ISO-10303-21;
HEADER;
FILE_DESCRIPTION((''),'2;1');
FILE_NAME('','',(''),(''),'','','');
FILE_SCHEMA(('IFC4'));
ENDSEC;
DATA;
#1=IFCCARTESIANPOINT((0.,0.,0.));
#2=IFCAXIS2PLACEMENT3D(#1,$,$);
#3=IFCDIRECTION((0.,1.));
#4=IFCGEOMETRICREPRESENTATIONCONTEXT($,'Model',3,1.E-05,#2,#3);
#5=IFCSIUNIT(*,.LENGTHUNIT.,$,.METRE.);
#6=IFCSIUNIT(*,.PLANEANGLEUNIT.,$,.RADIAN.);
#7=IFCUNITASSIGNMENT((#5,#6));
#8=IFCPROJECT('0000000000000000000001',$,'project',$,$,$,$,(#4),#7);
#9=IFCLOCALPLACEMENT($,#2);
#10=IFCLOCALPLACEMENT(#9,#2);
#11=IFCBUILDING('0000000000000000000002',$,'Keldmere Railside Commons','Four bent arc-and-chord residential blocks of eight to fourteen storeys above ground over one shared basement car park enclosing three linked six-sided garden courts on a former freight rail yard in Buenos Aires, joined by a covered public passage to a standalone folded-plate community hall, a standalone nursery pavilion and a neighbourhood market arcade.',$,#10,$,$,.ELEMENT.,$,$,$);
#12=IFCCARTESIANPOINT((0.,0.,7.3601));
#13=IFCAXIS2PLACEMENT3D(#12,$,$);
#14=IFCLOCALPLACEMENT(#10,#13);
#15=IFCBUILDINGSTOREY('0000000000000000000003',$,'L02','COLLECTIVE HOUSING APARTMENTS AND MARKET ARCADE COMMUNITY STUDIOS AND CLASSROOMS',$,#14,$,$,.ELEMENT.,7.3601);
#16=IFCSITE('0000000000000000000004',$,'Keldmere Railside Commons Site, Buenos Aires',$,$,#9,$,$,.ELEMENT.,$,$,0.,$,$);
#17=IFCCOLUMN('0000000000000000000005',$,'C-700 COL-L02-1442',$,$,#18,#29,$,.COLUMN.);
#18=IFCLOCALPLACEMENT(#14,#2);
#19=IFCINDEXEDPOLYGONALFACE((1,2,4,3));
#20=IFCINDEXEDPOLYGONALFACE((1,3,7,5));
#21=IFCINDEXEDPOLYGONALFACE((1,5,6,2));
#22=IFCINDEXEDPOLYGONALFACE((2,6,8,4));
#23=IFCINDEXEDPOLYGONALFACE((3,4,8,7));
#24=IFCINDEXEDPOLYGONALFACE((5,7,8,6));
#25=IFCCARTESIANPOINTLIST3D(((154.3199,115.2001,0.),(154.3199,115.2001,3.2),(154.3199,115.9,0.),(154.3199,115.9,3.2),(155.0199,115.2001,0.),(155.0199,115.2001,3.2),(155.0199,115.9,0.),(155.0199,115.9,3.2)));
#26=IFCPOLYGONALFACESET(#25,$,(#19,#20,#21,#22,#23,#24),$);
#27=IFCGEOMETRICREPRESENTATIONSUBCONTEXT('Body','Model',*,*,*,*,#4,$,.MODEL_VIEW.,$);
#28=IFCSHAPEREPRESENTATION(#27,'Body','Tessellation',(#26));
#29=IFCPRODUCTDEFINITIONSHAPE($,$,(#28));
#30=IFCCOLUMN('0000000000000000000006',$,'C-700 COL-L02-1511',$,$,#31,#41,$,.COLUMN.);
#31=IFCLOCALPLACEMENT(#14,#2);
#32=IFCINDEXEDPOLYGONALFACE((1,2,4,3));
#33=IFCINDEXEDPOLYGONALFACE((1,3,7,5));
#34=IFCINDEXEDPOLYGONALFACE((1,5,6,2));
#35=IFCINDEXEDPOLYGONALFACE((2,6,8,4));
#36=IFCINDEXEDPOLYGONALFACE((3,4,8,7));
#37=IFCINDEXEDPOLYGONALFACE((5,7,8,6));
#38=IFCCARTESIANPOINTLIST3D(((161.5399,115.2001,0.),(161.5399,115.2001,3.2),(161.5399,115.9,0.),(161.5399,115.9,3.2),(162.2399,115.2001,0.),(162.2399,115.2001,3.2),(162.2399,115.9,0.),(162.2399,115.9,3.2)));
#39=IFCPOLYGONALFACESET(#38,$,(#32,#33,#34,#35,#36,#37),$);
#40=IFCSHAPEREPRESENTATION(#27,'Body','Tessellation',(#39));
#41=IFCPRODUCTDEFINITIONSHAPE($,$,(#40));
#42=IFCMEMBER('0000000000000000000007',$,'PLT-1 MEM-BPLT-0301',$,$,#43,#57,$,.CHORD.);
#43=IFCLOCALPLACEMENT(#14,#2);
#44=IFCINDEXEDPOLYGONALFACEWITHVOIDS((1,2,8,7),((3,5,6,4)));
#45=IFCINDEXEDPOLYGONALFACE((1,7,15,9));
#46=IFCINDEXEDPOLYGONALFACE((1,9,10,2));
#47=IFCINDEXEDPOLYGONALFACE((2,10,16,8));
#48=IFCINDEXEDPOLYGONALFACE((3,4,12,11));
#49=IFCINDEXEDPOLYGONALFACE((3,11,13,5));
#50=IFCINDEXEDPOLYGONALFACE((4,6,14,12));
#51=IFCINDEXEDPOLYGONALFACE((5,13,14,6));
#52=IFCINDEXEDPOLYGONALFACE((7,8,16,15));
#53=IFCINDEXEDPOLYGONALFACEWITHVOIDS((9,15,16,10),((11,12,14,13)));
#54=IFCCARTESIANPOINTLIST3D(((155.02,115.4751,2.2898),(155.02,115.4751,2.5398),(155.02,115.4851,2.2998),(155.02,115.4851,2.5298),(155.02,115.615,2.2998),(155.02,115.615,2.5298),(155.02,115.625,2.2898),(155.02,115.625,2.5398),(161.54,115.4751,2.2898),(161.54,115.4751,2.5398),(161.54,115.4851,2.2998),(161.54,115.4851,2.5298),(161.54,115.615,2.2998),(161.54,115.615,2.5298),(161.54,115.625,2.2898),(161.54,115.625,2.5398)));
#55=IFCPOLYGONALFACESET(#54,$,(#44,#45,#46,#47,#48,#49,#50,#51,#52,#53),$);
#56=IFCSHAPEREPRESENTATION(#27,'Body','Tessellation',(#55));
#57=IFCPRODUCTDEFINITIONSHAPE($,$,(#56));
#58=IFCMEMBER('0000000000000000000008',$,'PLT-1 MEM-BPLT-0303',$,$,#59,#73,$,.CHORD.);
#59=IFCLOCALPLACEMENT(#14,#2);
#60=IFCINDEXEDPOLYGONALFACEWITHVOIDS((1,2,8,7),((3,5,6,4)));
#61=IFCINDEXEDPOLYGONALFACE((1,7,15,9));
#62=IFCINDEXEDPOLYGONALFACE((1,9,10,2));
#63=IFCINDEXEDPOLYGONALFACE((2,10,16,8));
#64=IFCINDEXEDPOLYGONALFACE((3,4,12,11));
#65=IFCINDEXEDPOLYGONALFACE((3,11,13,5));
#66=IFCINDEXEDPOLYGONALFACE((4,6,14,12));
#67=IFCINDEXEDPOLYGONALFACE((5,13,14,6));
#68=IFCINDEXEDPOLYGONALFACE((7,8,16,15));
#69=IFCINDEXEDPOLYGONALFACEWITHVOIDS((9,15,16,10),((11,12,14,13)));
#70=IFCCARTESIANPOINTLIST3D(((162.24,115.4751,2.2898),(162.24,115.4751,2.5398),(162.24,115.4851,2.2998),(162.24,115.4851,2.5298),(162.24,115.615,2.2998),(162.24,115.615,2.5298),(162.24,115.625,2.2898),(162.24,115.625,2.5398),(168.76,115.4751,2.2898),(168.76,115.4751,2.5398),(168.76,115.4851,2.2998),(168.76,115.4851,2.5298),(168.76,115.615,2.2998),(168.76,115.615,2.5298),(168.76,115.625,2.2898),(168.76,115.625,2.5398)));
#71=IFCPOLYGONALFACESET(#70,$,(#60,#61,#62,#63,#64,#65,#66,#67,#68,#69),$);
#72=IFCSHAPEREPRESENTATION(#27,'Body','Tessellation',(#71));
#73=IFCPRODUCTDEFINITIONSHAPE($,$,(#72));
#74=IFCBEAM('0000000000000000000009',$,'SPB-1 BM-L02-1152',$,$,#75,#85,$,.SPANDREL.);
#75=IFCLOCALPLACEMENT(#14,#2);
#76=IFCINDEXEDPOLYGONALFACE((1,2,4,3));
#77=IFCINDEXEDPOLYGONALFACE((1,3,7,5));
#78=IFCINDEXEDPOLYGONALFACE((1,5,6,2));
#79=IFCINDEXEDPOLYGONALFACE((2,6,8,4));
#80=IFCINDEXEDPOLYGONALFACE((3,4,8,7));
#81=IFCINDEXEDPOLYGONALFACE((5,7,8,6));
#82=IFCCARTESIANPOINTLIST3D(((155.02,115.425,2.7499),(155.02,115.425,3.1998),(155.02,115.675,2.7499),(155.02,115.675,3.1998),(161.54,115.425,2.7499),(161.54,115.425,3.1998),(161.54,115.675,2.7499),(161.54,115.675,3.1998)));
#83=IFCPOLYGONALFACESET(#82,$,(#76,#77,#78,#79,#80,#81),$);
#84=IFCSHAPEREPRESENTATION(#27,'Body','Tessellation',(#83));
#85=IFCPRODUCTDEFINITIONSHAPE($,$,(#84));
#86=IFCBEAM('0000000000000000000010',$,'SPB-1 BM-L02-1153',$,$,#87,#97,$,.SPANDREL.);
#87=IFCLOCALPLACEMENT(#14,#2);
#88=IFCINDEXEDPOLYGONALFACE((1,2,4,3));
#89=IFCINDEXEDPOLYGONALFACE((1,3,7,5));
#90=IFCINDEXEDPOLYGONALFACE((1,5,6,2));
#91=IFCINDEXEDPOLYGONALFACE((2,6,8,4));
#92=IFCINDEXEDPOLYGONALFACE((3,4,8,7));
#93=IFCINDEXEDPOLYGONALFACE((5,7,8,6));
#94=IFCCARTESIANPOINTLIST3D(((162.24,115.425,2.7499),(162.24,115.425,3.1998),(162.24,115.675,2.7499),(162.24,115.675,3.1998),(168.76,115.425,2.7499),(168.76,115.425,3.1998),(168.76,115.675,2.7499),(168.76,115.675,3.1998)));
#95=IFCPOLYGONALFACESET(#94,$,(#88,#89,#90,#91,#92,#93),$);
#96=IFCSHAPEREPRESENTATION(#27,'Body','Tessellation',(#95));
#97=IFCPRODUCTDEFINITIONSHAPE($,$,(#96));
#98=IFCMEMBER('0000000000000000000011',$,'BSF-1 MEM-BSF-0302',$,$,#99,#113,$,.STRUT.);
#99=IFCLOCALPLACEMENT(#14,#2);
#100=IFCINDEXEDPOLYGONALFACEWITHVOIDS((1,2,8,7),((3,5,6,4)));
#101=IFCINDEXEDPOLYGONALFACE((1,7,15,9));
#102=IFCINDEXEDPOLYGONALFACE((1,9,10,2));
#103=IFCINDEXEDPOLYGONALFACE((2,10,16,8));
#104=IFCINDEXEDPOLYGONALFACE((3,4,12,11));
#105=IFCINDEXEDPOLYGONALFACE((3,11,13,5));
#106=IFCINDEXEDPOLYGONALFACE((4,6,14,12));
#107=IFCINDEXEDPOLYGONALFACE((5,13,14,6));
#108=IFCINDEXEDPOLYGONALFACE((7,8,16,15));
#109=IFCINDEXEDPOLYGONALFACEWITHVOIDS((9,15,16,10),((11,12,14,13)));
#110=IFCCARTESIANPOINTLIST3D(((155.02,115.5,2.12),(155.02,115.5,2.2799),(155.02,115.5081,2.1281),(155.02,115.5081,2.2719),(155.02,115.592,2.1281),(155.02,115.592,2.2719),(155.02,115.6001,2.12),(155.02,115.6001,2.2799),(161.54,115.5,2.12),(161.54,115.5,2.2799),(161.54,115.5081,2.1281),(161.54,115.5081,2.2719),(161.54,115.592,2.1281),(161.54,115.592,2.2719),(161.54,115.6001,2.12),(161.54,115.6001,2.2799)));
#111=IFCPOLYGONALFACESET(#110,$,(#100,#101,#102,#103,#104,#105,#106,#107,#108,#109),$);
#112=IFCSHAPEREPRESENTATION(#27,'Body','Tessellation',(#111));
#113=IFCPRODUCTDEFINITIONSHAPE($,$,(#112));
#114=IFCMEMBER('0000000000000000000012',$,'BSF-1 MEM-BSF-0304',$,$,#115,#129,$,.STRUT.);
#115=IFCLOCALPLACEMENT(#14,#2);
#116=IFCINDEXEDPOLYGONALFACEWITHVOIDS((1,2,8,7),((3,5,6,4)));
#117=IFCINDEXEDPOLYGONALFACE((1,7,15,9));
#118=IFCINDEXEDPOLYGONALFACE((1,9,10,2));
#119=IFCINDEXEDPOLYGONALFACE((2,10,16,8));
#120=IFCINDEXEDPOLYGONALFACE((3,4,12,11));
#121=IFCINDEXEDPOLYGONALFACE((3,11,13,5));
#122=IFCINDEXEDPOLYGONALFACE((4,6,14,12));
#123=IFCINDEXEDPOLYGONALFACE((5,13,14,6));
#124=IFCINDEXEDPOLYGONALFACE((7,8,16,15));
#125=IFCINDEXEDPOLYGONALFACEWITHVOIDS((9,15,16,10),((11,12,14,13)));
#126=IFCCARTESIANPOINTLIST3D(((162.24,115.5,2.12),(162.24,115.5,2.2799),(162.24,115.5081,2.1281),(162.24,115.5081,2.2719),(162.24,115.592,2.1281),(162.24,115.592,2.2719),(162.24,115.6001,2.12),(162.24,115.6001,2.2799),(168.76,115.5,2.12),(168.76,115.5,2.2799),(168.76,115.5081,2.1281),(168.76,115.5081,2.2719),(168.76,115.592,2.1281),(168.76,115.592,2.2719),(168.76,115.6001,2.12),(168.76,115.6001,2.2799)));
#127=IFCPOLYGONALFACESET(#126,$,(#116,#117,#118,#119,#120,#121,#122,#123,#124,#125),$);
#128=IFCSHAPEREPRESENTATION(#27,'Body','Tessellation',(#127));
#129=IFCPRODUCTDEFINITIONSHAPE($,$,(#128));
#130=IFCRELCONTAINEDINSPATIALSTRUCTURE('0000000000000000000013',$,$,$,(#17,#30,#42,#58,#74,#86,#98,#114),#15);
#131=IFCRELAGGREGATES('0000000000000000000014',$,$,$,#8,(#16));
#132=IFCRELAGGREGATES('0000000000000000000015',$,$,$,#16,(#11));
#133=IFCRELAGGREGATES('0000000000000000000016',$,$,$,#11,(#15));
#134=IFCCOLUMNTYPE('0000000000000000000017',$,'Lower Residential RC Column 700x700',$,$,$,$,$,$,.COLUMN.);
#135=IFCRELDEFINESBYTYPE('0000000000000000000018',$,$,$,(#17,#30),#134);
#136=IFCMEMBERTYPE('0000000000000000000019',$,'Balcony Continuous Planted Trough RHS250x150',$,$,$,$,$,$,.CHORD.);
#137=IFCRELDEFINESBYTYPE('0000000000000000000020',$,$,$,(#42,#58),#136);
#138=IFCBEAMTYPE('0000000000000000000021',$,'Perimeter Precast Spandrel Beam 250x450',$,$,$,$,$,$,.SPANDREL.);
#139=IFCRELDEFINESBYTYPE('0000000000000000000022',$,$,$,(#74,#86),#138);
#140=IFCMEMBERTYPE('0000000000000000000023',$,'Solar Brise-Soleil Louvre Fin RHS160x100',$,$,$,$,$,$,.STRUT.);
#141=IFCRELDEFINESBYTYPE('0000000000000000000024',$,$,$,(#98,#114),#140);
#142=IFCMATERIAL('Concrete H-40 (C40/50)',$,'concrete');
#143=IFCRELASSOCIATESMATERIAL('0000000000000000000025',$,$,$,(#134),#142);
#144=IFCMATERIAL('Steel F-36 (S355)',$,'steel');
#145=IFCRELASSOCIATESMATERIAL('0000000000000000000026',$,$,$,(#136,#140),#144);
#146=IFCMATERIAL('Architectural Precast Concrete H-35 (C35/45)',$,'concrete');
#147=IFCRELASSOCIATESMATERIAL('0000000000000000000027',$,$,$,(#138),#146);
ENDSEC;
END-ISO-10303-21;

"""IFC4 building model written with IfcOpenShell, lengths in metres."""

from ifc_helpers import new_model, si_unit, direction, frame, origin, origin_2d, place, context, subcontext, project, spatial, rectangle, hollow_rectangle, extrude, material, material_profile, profile_set, type_object, element, save


model = new_model("IFC4")

# Units and contexts
model_context = context("Model", 3, precision=1e-05, world=origin(), true_north=direction((0.0, 1.0)))
body_context = subcontext(model_context, "Body", "Model", "MODEL_VIEW")
ifc_project = project(units=[si_unit("LENGTHUNIT", "METRE"), si_unit("PLANEANGLEUNIT", "RADIAN")], contexts=[model_context])

# Site, building, storey
site_placement = place(None, origin())
site = spatial("IfcSite", under=ifc_project, at=site_placement, Name="Keldmere Railside Commons Site, Buenos Aires", CompositionType="ELEMENT", RefElevation=0.0)
building_placement = place(site_placement, origin())
building = spatial("IfcBuilding", under=site, at=building_placement, Name="Keldmere Railside Commons", Description="Four bent arc-and-chord residential blocks of eight to fourteen storeys above ground over one shared basement car park enclosing three linked six-sided garden courts on a former freight rail yard in Buenos Aires, joined by a covered public passage to a standalone folded-plate community hall, a standalone nursery pavilion and a neighbourhood market arcade.", CompositionType="ELEMENT")
storey_placement = place(building_placement, frame((0.0, 0.0, 7.3601)))
storey = spatial("IfcBuildingStorey", under=building, at=storey_placement, Name="L02", Description="COLLECTIVE HOUSING APARTMENTS AND MARKET ARCADE COMMUNITY STUDIOS AND CLASSROOMS", CompositionType="ELEMENT", Elevation=7.3601)

# Columns
ifc_material_1 = material(Name="Concrete H-40 (C40/50)", Category="concrete")
ifc_material_profile_1 = material_profile(ifc_material_1, rectangle(XDim=0.7, YDim=0.7, at=origin_2d()), Name="RC-700x700")
ifc_profile_set_1 = profile_set([ifc_material_profile_1], Name="Concrete H-40 (C40/50)")
column_type = type_object("IfcColumnType", Name="Lower Residential RC Column 700x700", PredefinedType="COLUMN", material=ifc_profile_set_1)
for number, where, z_axis, x_axis, name in (
    (1, (154.6699, 115.55, 0.0), (0.0, 0.0, 1.0), (1.0, 0.0, 0.0), "C-700 COL-L02-1442"),
    (2, (161.8899, 115.55, 0.0), (0.0, 0.0, 1.0), (1.0, 0.0, 0.0), "C-700 COL-L02-1511"),
):
    element("IfcColumn", number, at=place(storey_placement, frame(where, z_axis=z_axis, x_axis=x_axis)), inside=storey, type_object=column_type, Name=name, PredefinedType="COLUMN", context=body_context, shape_type="SweptSolid", body=[
        extrude(rectangle(XDim=0.7, YDim=0.7, at=origin_2d()), origin(), (0.0, 0.0, 1.0), 3.2),
    ])

# Members
ifc_material_2 = material(Name="Steel F-36 (S355)", Category="steel")
ifc_material_profile_2 = material_profile(ifc_material_2, hollow_rectangle(XDim=0.1499, YDim=0.25, WallThickness=0.01, at=origin_2d()), Name="RHS-250x150x10")
ifc_profile_set_2 = profile_set([ifc_material_profile_2], Name="Steel F-36 (S355)")
member_type_1 = type_object("IfcMemberType", Name="Balcony Continuous Planted Trough RHS250x150", PredefinedType="CHORD", material=ifc_profile_set_2)
for number, where, z_axis, x_axis, name in (
    (3, (155.02, 115.55, 2.4148), (1.0, 0.0, 0.0), (0.0, 1.0, 0.0), "PLT-1 MEM-BPLT-0301"),
    (4, (162.24, 115.55, 2.4148), (1.0, 0.0, 0.0), (0.0, 1.0, 0.0), "PLT-1 MEM-BPLT-0303"),
):
    element("IfcMember", number, at=place(storey_placement, frame(where, z_axis=z_axis, x_axis=x_axis)), inside=storey, type_object=member_type_1, Name=name, PredefinedType="CHORD", context=body_context, shape_type="SweptSolid", body=[
        extrude(hollow_rectangle(XDim=0.1499, YDim=0.25, WallThickness=0.01, at=origin_2d()), origin(), (0.0, 0.0, 1.0), 6.52),
    ])

# Beams
ifc_material_3 = material(Name="Architectural Precast Concrete H-35 (C35/45)", Category="concrete")
ifc_material_profile_3 = material_profile(ifc_material_3, rectangle(XDim=0.25, YDim=0.45, at=origin_2d()), Name="RC-250x450")
ifc_profile_set_3 = profile_set([ifc_material_profile_3], Name="Architectural Precast Concrete H-35 (C35/45)")
beam_type = type_object("IfcBeamType", Name="Perimeter Precast Spandrel Beam 250x450", PredefinedType="SPANDREL", material=ifc_profile_set_3)
for number, where, z_axis, x_axis, name in (
    (5, (155.02, 115.55, 2.9749), (1.0, 0.0, 0.0), (0.0, 1.0, 0.0), "SPB-1 BM-L02-1152"),
    (6, (162.24, 115.55, 2.9749), (1.0, 0.0, 0.0), (0.0, 1.0, 0.0), "SPB-1 BM-L02-1153"),
):
    element("IfcBeam", number, at=place(storey_placement, frame(where, z_axis=z_axis, x_axis=x_axis)), inside=storey, type_object=beam_type, Name=name, PredefinedType="SPANDREL", context=body_context, shape_type="SweptSolid", body=[
        extrude(rectangle(XDim=0.25, YDim=0.45, at=origin_2d()), origin(), (0.0, 0.0, 1.0), 6.52),
    ])

# Members
ifc_material_profile_4 = material_profile(ifc_material_2, hollow_rectangle(XDim=0.1001, YDim=0.1599, WallThickness=0.0081, at=origin_2d()), Name="RHS-160x100x8")
ifc_profile_set_4 = profile_set([ifc_material_profile_4], Name="Steel F-36 (S355)")
member_type_2 = type_object("IfcMemberType", Name="Solar Brise-Soleil Louvre Fin RHS160x100", PredefinedType="STRUT", material=ifc_profile_set_4)
for number, where, z_axis, x_axis, name in (
    (7, (155.02, 115.55, 2.2), (1.0, 0.0, 0.0), (0.0, 1.0, 0.0), "BSF-1 MEM-BSF-0302"),
    (8, (162.24, 115.55, 2.2), (1.0, 0.0, 0.0), (0.0, 1.0, 0.0), "BSF-1 MEM-BSF-0304"),
):
    element("IfcMember", number, at=place(storey_placement, frame(where, z_axis=z_axis, x_axis=x_axis)), inside=storey, type_object=member_type_2, Name=name, PredefinedType="STRUT", context=body_context, shape_type="SweptSolid", body=[
        extrude(hollow_rectangle(XDim=0.1001, YDim=0.1599, WallThickness=0.0081, at=origin_2d()), origin(), (0.0, 0.0, 1.0), 6.52),
    ])

save(model, "model.ifc")
